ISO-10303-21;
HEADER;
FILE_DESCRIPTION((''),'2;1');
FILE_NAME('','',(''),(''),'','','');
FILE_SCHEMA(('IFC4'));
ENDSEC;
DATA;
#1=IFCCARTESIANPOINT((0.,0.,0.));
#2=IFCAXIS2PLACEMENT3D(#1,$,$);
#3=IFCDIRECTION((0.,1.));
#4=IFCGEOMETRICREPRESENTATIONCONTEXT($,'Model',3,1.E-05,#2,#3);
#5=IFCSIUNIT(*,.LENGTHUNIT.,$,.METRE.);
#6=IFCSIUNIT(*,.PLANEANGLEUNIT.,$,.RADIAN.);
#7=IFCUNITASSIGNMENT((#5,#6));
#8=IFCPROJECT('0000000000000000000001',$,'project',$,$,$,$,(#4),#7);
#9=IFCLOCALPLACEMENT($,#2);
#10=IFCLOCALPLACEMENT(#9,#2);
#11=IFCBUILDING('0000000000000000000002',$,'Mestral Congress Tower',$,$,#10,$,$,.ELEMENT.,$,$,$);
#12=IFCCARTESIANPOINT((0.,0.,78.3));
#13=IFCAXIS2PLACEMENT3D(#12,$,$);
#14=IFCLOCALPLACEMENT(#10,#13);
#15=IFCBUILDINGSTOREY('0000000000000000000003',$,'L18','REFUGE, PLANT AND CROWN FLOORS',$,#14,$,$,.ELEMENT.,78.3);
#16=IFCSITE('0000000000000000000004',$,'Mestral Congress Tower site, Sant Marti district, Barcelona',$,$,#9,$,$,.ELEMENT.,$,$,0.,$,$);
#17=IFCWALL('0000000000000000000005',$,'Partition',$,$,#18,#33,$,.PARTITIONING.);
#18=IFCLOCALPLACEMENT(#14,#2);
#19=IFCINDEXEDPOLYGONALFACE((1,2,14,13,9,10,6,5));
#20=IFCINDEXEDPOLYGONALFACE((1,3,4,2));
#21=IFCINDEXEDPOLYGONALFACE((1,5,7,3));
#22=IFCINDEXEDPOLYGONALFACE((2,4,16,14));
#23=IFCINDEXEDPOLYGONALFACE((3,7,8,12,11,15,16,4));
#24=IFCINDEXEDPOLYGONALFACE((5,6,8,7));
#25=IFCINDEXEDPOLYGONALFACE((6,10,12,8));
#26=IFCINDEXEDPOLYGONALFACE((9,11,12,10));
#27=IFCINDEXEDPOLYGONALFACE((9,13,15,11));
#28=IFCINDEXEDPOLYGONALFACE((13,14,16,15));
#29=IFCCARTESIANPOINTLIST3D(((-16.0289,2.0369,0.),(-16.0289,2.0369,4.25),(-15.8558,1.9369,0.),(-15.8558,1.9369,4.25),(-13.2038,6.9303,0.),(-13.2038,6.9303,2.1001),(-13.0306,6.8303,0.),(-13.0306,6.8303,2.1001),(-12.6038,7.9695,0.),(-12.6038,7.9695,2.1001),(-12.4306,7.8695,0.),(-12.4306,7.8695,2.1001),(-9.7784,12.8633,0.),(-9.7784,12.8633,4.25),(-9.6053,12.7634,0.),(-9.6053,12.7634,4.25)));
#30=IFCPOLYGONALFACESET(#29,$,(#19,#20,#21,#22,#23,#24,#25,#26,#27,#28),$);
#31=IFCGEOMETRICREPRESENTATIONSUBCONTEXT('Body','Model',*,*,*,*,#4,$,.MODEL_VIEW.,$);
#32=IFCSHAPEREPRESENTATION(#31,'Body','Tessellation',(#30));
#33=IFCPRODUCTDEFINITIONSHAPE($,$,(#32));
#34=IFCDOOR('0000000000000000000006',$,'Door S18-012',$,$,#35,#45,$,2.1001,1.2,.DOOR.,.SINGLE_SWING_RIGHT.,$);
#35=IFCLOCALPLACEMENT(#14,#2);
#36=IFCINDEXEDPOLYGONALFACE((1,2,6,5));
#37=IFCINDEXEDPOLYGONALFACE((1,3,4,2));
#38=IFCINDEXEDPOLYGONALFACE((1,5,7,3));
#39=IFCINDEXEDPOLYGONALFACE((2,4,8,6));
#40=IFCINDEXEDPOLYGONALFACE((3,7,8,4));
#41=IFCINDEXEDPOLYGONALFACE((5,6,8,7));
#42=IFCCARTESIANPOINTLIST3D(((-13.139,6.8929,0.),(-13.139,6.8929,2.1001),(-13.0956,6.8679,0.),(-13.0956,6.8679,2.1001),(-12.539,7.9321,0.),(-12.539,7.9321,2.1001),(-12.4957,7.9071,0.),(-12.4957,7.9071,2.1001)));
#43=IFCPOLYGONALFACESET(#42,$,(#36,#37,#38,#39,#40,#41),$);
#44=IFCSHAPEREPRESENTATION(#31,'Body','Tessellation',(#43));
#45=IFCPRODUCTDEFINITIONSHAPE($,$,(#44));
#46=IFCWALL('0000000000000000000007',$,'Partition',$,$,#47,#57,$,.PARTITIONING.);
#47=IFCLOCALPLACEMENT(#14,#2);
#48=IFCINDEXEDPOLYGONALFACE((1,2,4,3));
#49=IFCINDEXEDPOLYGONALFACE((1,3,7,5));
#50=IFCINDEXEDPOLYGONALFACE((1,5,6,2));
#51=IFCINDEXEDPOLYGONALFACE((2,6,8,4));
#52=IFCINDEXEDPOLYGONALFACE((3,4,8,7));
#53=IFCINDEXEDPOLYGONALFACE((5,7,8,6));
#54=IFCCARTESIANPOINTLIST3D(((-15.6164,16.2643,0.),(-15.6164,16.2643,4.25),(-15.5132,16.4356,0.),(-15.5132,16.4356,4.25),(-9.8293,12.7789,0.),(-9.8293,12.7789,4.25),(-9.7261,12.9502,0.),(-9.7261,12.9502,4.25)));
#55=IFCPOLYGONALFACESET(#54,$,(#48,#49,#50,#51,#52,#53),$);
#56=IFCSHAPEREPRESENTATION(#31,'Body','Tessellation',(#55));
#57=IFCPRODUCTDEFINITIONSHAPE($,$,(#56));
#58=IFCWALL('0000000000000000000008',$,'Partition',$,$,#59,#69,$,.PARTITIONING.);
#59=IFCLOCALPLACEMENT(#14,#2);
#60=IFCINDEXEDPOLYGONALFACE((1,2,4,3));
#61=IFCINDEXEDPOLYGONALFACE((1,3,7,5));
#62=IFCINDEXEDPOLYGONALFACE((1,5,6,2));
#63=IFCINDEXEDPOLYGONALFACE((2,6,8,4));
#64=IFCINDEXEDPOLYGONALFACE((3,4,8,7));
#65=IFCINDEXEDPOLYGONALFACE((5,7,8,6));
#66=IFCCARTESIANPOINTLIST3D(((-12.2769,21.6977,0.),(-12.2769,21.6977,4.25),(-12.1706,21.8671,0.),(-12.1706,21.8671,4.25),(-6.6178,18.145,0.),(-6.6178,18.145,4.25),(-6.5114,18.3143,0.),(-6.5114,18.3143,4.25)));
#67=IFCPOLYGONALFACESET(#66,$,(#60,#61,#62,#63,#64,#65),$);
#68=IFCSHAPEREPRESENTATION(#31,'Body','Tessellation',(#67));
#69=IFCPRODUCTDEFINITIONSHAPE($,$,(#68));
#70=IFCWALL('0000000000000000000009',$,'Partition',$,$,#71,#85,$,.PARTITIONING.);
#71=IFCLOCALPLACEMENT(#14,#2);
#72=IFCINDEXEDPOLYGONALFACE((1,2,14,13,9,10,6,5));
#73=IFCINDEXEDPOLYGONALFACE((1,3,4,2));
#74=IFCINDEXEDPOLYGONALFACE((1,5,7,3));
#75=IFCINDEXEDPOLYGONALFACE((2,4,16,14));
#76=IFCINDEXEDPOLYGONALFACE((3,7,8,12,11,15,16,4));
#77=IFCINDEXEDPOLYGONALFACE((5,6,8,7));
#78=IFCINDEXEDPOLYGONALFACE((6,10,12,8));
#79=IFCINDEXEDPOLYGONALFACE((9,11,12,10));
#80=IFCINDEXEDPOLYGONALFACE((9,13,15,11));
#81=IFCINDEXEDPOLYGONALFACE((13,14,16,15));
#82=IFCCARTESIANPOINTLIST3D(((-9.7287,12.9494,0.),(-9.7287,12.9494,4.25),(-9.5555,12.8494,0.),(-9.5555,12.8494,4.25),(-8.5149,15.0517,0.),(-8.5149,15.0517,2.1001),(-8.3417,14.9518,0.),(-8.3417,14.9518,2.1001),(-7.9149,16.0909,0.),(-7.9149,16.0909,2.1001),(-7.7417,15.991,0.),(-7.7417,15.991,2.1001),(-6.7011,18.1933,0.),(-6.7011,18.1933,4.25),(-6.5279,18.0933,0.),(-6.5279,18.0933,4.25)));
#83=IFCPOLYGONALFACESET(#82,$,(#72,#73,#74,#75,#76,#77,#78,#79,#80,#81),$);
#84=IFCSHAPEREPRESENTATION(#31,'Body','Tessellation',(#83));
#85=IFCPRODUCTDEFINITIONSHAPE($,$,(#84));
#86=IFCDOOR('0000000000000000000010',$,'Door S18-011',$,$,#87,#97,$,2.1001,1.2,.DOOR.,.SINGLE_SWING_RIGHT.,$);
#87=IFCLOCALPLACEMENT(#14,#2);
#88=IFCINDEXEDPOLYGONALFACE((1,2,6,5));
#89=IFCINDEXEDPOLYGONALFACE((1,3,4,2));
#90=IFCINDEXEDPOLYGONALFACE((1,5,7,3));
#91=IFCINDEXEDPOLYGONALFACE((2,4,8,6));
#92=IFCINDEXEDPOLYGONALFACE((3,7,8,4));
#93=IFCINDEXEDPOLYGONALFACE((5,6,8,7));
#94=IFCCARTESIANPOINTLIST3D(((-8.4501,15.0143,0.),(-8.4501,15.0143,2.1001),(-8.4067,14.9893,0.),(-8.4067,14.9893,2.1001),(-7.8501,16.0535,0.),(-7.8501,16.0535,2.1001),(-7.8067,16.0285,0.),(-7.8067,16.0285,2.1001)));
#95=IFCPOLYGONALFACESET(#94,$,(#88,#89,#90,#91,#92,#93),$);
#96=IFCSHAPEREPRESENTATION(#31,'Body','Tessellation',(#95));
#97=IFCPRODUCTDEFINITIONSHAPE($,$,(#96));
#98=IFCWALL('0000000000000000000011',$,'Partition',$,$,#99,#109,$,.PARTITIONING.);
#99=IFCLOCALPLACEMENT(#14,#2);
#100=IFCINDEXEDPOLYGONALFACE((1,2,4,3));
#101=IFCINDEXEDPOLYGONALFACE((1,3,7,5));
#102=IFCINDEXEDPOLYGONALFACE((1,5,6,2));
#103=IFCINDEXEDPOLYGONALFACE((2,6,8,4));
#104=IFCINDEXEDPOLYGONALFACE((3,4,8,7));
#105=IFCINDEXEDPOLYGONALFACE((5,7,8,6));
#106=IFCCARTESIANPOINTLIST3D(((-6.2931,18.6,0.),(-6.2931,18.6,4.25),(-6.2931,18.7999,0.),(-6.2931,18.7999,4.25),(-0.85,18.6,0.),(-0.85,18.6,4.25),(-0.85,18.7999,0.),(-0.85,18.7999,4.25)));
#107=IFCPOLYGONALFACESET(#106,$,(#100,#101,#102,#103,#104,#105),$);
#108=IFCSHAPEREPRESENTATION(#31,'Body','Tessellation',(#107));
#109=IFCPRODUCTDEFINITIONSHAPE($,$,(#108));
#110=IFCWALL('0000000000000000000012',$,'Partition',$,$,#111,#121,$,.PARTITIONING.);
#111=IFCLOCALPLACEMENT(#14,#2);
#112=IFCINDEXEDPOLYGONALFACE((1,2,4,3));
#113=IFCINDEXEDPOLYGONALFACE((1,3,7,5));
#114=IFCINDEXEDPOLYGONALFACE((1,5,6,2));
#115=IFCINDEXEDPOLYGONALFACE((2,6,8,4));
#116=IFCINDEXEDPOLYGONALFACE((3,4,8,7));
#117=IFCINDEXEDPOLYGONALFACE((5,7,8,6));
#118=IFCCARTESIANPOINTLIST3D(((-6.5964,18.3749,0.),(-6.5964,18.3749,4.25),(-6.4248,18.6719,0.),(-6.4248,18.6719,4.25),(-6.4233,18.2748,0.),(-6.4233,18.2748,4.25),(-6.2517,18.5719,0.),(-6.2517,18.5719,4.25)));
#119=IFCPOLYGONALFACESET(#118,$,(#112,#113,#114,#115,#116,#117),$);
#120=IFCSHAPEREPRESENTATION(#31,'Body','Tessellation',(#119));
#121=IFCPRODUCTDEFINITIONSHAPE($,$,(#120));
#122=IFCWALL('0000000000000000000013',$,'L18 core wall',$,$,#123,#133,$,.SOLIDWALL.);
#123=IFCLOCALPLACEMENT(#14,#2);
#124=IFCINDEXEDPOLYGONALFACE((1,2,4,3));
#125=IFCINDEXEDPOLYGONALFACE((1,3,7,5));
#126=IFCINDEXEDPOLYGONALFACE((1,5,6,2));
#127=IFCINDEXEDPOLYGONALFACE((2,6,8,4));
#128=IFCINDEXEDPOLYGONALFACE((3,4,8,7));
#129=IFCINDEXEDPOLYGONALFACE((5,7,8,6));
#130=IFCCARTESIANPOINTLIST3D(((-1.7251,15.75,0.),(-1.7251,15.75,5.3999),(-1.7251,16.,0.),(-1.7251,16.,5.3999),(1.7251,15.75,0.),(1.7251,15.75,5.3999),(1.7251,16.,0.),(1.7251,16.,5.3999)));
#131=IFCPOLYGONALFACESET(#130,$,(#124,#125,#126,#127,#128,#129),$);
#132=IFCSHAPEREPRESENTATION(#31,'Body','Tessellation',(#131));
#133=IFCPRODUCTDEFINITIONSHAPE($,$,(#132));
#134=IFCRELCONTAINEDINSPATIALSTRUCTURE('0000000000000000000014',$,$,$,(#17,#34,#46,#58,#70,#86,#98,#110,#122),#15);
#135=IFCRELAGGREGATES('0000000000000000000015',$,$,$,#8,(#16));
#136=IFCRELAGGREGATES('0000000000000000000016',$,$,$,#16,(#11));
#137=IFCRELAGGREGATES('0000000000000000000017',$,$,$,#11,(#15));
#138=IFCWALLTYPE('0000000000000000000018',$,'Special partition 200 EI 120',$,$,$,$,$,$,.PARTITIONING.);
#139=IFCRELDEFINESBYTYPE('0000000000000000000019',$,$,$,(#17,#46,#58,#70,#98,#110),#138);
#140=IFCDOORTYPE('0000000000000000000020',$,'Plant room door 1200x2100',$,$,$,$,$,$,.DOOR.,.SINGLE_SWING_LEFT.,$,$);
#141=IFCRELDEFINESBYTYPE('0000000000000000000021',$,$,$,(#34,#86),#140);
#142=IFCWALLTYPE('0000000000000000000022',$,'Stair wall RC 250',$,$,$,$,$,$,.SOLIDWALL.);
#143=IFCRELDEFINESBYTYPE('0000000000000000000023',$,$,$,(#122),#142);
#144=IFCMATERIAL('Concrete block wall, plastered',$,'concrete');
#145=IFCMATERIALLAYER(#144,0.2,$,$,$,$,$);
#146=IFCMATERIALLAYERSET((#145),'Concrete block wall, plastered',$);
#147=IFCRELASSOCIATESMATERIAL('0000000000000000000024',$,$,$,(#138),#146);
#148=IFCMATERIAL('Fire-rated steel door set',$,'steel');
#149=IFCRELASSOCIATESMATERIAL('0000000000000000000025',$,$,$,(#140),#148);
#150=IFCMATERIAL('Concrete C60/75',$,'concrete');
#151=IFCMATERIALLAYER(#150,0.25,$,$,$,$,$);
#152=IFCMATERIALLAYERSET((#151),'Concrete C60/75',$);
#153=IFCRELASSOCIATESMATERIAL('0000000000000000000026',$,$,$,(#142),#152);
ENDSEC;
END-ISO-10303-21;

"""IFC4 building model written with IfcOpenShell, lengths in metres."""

from ifc_helpers import new_model, si_unit, direction, frame, frame_2d, origin, place, context, subcontext, project, spatial, rectangle, extrude, material, layer, layer_set, type_object, element, fill, save


model = new_model("IFC4")

# Units and contexts
model_context = context("Model", 3, precision=1e-05, world=origin(), true_north=direction((0.0, 1.0)))
body_context = subcontext(model_context, "Body", "Model", "MODEL_VIEW")
ifc_project = project(units=[si_unit("LENGTHUNIT", "METRE"), si_unit("PLANEANGLEUNIT", "RADIAN")], contexts=[model_context])

# Site, building, storey
site_placement = place(None, origin())
site = spatial("IfcSite", under=ifc_project, at=site_placement, Name="Mestral Congress Tower site, Sant Marti district, Barcelona", CompositionType="ELEMENT", RefElevation=0.0)
building_placement = place(site_placement, origin())
building = spatial("IfcBuilding", under=site, at=building_placement, Name="Mestral Congress Tower", CompositionType="ELEMENT")
storey_placement = place(building_placement, frame((0.0, 0.0, 78.3)))
storey = spatial("IfcBuildingStorey", under=building, at=storey_placement, Name="L18", Description="REFUGE, PLANT AND CROWN FLOORS", CompositionType="ELEMENT", Elevation=78.3)

# Shared definitions
ifc_material_1 = material(Name="Fire-rated steel door set", Category="steel")

# Shared definitions
ifc_material_2 = material(Name="Concrete C60/75", Category="concrete")

# Wall, opening, door
ifc_material_3 = material(Name="Concrete block wall, plastered", Category="concrete")
ifc_layer_1 = layer(ifc_material_3, 0.2)
ifc_layer_set_1 = layer_set([ifc_layer_1], Name="Concrete block wall, plastered")
wall_type_1 = type_object("IfcWallType", Name="Special partition 200 EI 120", PredefinedType="PARTITIONING", material=ifc_layer_set_1)
wall_1_placement = place(storey_placement, frame((-9.6919, 12.8132, 0.0), z_axis=(0.0, 0.0, 1.0), x_axis=(-0.499991, -0.86603, 0.0)))
wall_1 = element("IfcWall", 1, at=wall_1_placement, inside=storey, type_object=wall_type_1, Name="Partition", PredefinedType="PARTITIONING", context=body_context, shape_type="SweptSolid", body=[
    extrude(rectangle(XDim=12.5012, YDim=0.2, at=frame_2d((6.2505, 0.0))), origin(), (0.0, 0.0, 1.0), 4.25),
])
opening_1_placement = place(wall_1_placement, frame((5.6506, 0.0, 0.0)))
opening_1 = element("IfcOpeningElement", 2, at=opening_1_placement, cuts=wall_1, PredefinedType="OPENING", context=body_context, shape_type="SweptSolid", body=[
    extrude(rectangle(XDim=1.2, YDim=2.1001, at=frame_2d((0.6001, 1.05))), frame((0.0, 0.1099, 0.0), z_axis=(0.0, -1.0, 0.0), x_axis=(1.0, 0.0, 0.0)), (0.0, 0.0, 1.0), 0.22),
])
door_type_1 = type_object("IfcDoorType", Name="Plant room door 1200x2100", OperationType="SINGLE_SWING_LEFT", PredefinedType="DOOR", material=ifc_material_1)
door_1_placement = place(opening_1_placement, origin())
door_1 = element("IfcDoor", 3, at=door_1_placement, inside=storey, type_object=door_type_1, Name="Door S18-012", OperationType="SINGLE_SWING_RIGHT", OverallHeight=2.1001, OverallWidth=1.2, PredefinedType="DOOR", context=body_context, shape_type="SweptSolid", body=[
    extrude(rectangle(XDim=1.2, YDim=2.1001, at=frame_2d((0.6001, 1.05))), frame((0.0, 0.0249, 0.0), z_axis=(0.0, -1.0, 0.0), x_axis=(1.0, 0.0, 0.0)), (0.0, 0.0, 1.0), 0.05),
])
fill(opening_1, door_1)

# Walls
wall_2_placement = place(storey_placement, frame((-9.7776, 12.8645, 0.0), z_axis=(0.0, 0.0, 1.0), x_axis=(-0.856637, 0.515919, 0.0)))
element("IfcWall", 4, at=wall_2_placement, inside=storey, type_object=wall_type_1, Name="Partition", PredefinedType="PARTITIONING", context=body_context, shape_type="SweptSolid", body=[
    extrude(rectangle(XDim=6.7556, YDim=0.2, at=frame_2d((3.3779, 0.0))), origin(), (0.0, 0.0, 1.0), 4.25),
])
wall_3_placement = place(storey_placement, frame((-6.5647, 18.2297, 0.0), z_axis=(0.0, 0.0, 1.0), x_axis=(-0.846937, 0.531693, 0.0)))
element("IfcWall", 5, at=wall_3_placement, inside=storey, type_object=wall_type_1, Name="Partition", PredefinedType="PARTITIONING", context=body_context, shape_type="SweptSolid", body=[
    extrude(rectangle(XDim=6.6819, YDim=0.2, at=frame_2d((3.3408, 0.0))), origin(), (0.0, 0.0, 1.0), 4.25),
])

# Wall, opening, door
wall_4_placement = place(storey_placement, frame((-6.6145, 18.1433, 0.0), z_axis=(0.0, 0.0, 1.0), x_axis=(-0.500003, -0.866024, 0.0)))
wall_4 = element("IfcWall", 6, at=wall_4_placement, inside=storey, type_object=wall_type_1, Name="Partition", PredefinedType="PARTITIONING", context=body_context, shape_type="SweptSolid", body=[
    extrude(rectangle(XDim=6.0552, YDim=0.2, at=frame_2d((3.0276, 0.0))), origin(), (0.0, 0.0, 1.0), 4.25),
])
opening_2_placement = place(wall_4_placement, frame((2.4275, 0.0, 0.0)))
opening_2 = element("IfcOpeningElement", 7, at=opening_2_placement, cuts=wall_4, PredefinedType="OPENING", context=body_context, shape_type="SweptSolid", body=[
    extrude(rectangle(XDim=1.2, YDim=2.1001, at=frame_2d((0.6001, 1.05))), frame((0.0, 0.1099, 0.0), z_axis=(0.0, -1.0, 0.0), x_axis=(1.0, 0.0, 0.0)), (0.0, 0.0, 1.0), 0.22),
])
door_2_placement = place(opening_2_placement, origin())
door_2 = element("IfcDoor", 8, at=door_2_placement, inside=storey, type_object=door_type_1, Name="Door S18-011", OperationType="SINGLE_SWING_RIGHT", OverallHeight=2.1001, OverallWidth=1.2, PredefinedType="DOOR", context=body_context, shape_type="SweptSolid", body=[
    extrude(rectangle(XDim=1.2, YDim=2.1001, at=frame_2d((0.6001, 1.05))), frame((0.0, 0.0249, 0.0), z_axis=(0.0, -1.0, 0.0), x_axis=(1.0, 0.0, 0.0)), (0.0, 0.0, 1.0), 0.05),
])
fill(opening_2, door_2)

# Walls
wall_5_placement = place(storey_placement, frame((-6.2932, 18.7, 0.0), z_axis=(0.0, 0.0, 1.0), x_axis=(1.0, 0.0, 0.0)))
element("IfcWall", 9, at=wall_5_placement, inside=storey, type_object=wall_type_1, Name="Partition", PredefinedType="PARTITIONING", context=body_context, shape_type="SweptSolid", body=[
    extrude(rectangle(XDim=5.4431, YDim=0.2, at=frame_2d((2.7217, 0.0))), origin(), (0.0, 0.0, 1.0), 4.25),
])
wall_6_placement = place(storey_placement, frame((-6.5098, 18.325, 0.0), z_axis=(0.0, 0.0, 1.0), x_axis=(0.500195, 0.865913, 0.0)))
element("IfcWall", 10, at=wall_6_placement, inside=storey, type_object=wall_type_1, Name="Partition", PredefinedType="PARTITIONING", context=body_context, shape_type="SweptSolid", body=[
    extrude(rectangle(XDim=0.343, YDim=0.2, at=frame_2d((0.1714, 0.0))), origin(), (0.0, 0.0, 1.0), 4.25),
])
ifc_layer_2 = layer(ifc_material_2, 0.25)
ifc_layer_set_2 = layer_set([ifc_layer_2], Name="Concrete C60/75")
wall_type_2 = type_object("IfcWallType", Name="Stair wall RC 250", PredefinedType="SOLIDWALL", material=ifc_layer_set_2)
wall_7_placement = place(storey_placement, frame((-1.7251, 15.875, 0.0), z_axis=(0.0, 0.0, 1.0), x_axis=(1.0, 0.0, 0.0)))
element("IfcWall", 11, at=wall_7_placement, inside=storey, type_object=wall_type_2, Name="L18 core wall", PredefinedType="SOLIDWALL", context=body_context, shape_type="SweptSolid", body=[
    extrude(rectangle(XDim=3.4502, YDim=0.25, at=frame_2d((1.7251, 0.0))), origin(), (0.0, 0.0, 1.0), 5.3999),
])

save(model, "model.ifc")
